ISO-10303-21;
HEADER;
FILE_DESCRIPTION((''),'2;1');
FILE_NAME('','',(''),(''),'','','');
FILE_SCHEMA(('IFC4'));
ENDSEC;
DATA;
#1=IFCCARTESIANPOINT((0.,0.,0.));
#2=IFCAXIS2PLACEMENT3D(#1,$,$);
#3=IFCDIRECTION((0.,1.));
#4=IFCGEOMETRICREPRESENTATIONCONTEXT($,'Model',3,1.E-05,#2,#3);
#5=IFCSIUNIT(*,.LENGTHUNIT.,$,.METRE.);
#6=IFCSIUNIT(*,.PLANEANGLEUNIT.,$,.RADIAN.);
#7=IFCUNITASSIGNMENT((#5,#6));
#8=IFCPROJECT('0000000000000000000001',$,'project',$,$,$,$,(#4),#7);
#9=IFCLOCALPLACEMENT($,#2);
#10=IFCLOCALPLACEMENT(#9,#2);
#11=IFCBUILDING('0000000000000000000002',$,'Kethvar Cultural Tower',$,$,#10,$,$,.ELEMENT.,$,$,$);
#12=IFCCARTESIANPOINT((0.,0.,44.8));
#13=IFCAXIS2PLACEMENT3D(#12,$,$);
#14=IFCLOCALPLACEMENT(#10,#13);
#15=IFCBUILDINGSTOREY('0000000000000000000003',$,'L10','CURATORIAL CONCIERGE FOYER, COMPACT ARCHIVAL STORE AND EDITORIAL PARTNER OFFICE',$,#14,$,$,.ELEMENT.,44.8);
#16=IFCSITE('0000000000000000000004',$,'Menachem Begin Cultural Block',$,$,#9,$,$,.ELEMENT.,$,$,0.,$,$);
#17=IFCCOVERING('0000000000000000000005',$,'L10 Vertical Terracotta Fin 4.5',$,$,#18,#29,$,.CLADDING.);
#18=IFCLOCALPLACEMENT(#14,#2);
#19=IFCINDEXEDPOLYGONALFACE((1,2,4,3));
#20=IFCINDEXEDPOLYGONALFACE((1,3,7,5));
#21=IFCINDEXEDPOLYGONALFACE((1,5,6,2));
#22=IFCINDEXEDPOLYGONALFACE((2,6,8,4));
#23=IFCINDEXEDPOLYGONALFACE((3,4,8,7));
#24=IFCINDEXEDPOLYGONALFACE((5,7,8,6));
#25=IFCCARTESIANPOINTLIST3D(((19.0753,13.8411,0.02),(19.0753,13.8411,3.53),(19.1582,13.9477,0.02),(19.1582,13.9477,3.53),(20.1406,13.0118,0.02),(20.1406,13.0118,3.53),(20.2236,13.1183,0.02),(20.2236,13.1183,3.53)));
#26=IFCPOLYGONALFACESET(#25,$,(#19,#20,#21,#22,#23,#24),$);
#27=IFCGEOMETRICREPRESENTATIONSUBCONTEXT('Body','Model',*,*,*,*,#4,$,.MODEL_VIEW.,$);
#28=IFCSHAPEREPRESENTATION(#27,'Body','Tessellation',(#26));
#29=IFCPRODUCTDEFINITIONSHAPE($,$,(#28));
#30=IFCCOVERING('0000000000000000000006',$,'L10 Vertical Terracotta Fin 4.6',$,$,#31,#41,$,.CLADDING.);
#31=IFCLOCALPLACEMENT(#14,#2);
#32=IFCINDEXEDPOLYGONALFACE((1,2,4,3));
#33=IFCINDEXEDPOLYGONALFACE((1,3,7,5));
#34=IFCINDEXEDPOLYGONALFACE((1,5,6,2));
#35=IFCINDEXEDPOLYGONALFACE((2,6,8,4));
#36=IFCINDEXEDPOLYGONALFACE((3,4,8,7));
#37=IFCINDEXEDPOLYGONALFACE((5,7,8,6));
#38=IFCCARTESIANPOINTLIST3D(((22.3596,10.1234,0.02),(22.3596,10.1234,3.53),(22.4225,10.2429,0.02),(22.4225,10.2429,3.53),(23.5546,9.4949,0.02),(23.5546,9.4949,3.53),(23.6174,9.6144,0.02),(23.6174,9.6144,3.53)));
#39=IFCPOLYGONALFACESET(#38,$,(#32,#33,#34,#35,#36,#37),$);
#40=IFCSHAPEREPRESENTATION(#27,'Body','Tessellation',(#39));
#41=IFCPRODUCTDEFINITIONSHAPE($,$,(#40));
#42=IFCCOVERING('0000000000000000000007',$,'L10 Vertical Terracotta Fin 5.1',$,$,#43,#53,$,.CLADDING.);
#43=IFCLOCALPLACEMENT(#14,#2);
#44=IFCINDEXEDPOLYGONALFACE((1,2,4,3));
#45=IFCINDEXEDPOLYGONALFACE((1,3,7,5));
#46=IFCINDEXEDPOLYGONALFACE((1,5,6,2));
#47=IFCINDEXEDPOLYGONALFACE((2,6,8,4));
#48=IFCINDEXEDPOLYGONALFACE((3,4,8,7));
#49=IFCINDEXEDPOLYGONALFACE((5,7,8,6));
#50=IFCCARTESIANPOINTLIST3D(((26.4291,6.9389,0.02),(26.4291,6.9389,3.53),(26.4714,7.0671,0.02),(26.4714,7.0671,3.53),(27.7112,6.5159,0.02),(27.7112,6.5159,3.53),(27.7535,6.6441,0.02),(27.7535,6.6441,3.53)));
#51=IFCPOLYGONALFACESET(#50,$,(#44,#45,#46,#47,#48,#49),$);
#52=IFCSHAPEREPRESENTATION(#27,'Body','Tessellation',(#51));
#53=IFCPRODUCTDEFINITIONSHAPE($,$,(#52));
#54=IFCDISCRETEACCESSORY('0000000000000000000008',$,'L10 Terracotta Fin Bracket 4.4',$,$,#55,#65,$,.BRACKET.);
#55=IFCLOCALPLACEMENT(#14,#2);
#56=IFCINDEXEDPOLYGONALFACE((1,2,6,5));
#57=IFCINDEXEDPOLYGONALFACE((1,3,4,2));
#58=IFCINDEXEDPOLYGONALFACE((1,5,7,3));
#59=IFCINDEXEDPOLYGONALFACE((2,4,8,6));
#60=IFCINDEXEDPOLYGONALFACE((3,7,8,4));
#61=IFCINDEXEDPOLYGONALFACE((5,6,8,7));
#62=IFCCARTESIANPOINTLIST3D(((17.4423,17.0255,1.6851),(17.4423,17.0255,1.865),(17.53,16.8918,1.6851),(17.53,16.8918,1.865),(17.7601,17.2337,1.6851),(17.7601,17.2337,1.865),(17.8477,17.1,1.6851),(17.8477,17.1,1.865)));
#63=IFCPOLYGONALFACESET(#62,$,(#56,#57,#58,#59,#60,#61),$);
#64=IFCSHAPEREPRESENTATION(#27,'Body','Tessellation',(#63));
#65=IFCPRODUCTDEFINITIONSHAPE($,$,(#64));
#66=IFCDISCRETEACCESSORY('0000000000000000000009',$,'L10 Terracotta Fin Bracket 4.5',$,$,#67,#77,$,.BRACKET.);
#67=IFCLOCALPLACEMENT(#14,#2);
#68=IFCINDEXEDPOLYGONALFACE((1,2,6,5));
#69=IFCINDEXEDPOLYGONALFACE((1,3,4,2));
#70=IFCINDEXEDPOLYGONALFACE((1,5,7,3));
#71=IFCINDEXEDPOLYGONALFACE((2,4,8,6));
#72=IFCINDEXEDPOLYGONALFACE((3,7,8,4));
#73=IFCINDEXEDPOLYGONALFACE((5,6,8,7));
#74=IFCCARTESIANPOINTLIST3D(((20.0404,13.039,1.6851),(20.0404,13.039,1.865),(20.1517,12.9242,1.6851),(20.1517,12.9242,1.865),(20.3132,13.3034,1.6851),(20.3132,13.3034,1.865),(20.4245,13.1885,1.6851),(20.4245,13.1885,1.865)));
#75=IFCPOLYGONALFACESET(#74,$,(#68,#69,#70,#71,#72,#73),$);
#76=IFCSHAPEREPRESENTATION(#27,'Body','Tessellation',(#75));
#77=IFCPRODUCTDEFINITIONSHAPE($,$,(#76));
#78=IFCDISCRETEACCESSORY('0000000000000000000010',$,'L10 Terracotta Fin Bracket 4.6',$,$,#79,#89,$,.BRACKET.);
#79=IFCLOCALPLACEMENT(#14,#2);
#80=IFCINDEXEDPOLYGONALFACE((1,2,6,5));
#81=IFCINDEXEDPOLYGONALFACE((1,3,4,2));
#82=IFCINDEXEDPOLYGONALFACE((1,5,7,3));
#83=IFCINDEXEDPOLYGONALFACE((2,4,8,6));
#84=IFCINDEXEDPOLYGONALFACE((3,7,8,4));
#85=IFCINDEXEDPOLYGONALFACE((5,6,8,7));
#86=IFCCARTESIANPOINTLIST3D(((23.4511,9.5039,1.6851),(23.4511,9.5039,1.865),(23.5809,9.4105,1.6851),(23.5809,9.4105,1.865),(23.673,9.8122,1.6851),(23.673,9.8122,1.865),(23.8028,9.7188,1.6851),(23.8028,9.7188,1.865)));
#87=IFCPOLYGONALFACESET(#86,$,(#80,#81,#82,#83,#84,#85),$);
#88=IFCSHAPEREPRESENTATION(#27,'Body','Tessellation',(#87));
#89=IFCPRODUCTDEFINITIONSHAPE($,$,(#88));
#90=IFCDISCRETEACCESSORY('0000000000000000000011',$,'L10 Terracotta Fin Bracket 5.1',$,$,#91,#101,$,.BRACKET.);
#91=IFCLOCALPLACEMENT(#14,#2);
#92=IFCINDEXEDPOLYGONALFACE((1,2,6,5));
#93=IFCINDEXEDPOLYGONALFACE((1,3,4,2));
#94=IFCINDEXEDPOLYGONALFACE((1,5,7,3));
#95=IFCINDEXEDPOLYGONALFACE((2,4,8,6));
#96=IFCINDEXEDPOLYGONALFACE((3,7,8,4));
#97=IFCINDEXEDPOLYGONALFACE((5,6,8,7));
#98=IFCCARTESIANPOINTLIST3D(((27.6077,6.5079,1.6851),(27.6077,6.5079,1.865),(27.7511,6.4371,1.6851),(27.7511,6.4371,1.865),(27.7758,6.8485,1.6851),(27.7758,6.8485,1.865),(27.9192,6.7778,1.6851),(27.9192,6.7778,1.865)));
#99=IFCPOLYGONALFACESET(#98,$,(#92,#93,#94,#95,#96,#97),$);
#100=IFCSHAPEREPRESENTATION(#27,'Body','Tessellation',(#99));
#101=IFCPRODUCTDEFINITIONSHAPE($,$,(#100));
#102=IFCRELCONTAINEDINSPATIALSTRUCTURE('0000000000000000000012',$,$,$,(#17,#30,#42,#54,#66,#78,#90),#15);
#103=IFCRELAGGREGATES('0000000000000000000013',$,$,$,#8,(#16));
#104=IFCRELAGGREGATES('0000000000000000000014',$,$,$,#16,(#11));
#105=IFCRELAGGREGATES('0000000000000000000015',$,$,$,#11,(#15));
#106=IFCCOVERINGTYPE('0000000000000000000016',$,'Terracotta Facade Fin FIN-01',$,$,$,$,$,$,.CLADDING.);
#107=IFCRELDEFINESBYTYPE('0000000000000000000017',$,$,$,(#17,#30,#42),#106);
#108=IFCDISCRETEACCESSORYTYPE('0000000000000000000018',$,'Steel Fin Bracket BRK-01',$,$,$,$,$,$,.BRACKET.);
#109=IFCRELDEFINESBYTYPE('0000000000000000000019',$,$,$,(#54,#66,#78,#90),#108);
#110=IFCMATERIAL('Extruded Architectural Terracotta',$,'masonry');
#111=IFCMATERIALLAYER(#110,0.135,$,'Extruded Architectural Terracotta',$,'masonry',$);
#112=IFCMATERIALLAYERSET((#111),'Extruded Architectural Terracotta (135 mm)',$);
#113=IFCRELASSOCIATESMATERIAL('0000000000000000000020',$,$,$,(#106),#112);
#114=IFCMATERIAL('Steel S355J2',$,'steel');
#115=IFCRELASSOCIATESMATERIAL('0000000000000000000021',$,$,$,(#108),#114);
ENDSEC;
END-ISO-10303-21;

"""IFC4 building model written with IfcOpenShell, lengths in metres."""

from ifc_helpers import new_model, si_unit, direction, frame, origin, origin_2d, place, context, subcontext, project, spatial, rectangle, extrude, source, transform, mapped, material, layer, layer_set, type_object, element, save


model = new_model("IFC4")

# Units and contexts
model_context = context("Model", 3, precision=1e-05, world=origin(), true_north=direction((0.0, 1.0)))
body_context = subcontext(model_context, "Body", "Model", "MODEL_VIEW")
ifc_project = project(units=[si_unit("LENGTHUNIT", "METRE"), si_unit("PLANEANGLEUNIT", "RADIAN")], contexts=[model_context])

# Site, building, storey
site_placement = place(None, origin())
site = spatial("IfcSite", under=ifc_project, at=site_placement, Name="Menachem Begin Cultural Block", CompositionType="ELEMENT", RefElevation=0.0)
building_placement = place(site_placement, origin())
building = spatial("IfcBuilding", under=site, at=building_placement, Name="Kethvar Cultural Tower", CompositionType="ELEMENT")
storey_placement = place(building_placement, frame((0.0, 0.0, 44.8)))
storey = spatial("IfcBuildingStorey", under=building, at=storey_placement, Name="L10", Description="CURATORIAL CONCIERGE FOYER, COMPACT ARCHIVAL STORE AND EDITORIAL PARTNER OFFICE", CompositionType="ELEMENT", Elevation=44.8)

# Shared definitions
ifc_material_1 = material(Name="Steel S355J2", Category="steel")

# Coverings
ifc_material_2 = material(Name="Extruded Architectural Terracotta", Category="masonry")
ifc_layer_1 = layer(ifc_material_2, 0.135, Name="Extruded Architectural Terracotta", Category="masonry")
ifc_layer_set_1 = layer_set([ifc_layer_1], Name="Extruded Architectural Terracotta (135 mm)")
covering_type = type_object("IfcCoveringType", Name="Terracotta Facade Fin FIN-01", PredefinedType="CLADDING", material=ifc_layer_set_1)
shared_shape_1 = source(origin(), body_context, "Body", "SweptSolid", [
    extrude(rectangle(XDim=1.3501, YDim=0.135, at=origin_2d()), origin(), (0.0, 0.0, 1.0), 3.51),
])
for number, where, z_axis, x_axis, name in (
    (1, (19.6494, 13.4797, 0.02), (0.0, 0.0, 1.0), (-0.789084, 0.614285, 0.0), "L10 Vertical Terracotta Fin 4.5"),
    (2, (22.9885, 9.8689, 0.02), (0.0, 0.0, 1.0), (-0.885069, 0.46546, 0.0), "L10 Vertical Terracotta Fin 4.6"),
    (3, (27.0913, 6.7915, 0.02), (0.0, 0.0, 1.0), (-0.949644, 0.31333, 0.0), "L10 Vertical Terracotta Fin 5.1"),
):
    element("IfcCovering", number, at=place(storey_placement, frame(where, z_axis=z_axis, x_axis=x_axis)), inside=storey, type_object=covering_type, Name=name, PredefinedType="CLADDING", context=body_context, shape_type="MappedRepresentation", body=[
        mapped(shared_shape_1, transform((0.0, 0.0, 0.0), scale=1.0)),
    ])

# Discrete accessories
discrete_accessory_type = type_object("IfcDiscreteAccessoryType", Name="Steel Fin Bracket BRK-01", PredefinedType="BRACKET", material=ifc_material_1)
shared_shape_2 = source(origin(), body_context, "Body", "SweptSolid", [
    extrude(rectangle(XDim=0.3799, YDim=0.1599, at=origin_2d()), origin(), (0.0, 0.0, 1.0), 0.1799),
])
for number, where, z_axis, x_axis, name in (
    (4, (17.645, 17.0627, 1.6851), (0.0, 0.0, 1.0), (-0.836477, -0.548001, 0.0), "L10 Terracotta Fin Bracket 4.4"),
    (5, (20.2324, 13.1138, 1.6851), (0.0, 0.0, 1.0), (-0.718126, -0.695913, 0.0), "L10 Terracotta Fin Bracket 4.5"),
    (6, (23.627, 9.6113, 1.6851), (0.0, 0.0, 1.0), (-0.584108, -0.811676, 0.0), "L10 Terracotta Fin Bracket 4.6"),
    (7, (27.7634, 6.6428, 1.6851), (0.0, 0.0, 1.0), (-0.442445, -0.896796, 0.0), "L10 Terracotta Fin Bracket 5.1"),
):
    element("IfcDiscreteAccessory", number, at=place(storey_placement, frame(where, z_axis=z_axis, x_axis=x_axis)), inside=storey, type_object=discrete_accessory_type, Name=name, PredefinedType="BRACKET", context=body_context, shape_type="MappedRepresentation", body=[
        mapped(shared_shape_2, transform((0.0, 0.0, 0.0), scale=1.0)),
    ])

save(model, "model.ifc")
